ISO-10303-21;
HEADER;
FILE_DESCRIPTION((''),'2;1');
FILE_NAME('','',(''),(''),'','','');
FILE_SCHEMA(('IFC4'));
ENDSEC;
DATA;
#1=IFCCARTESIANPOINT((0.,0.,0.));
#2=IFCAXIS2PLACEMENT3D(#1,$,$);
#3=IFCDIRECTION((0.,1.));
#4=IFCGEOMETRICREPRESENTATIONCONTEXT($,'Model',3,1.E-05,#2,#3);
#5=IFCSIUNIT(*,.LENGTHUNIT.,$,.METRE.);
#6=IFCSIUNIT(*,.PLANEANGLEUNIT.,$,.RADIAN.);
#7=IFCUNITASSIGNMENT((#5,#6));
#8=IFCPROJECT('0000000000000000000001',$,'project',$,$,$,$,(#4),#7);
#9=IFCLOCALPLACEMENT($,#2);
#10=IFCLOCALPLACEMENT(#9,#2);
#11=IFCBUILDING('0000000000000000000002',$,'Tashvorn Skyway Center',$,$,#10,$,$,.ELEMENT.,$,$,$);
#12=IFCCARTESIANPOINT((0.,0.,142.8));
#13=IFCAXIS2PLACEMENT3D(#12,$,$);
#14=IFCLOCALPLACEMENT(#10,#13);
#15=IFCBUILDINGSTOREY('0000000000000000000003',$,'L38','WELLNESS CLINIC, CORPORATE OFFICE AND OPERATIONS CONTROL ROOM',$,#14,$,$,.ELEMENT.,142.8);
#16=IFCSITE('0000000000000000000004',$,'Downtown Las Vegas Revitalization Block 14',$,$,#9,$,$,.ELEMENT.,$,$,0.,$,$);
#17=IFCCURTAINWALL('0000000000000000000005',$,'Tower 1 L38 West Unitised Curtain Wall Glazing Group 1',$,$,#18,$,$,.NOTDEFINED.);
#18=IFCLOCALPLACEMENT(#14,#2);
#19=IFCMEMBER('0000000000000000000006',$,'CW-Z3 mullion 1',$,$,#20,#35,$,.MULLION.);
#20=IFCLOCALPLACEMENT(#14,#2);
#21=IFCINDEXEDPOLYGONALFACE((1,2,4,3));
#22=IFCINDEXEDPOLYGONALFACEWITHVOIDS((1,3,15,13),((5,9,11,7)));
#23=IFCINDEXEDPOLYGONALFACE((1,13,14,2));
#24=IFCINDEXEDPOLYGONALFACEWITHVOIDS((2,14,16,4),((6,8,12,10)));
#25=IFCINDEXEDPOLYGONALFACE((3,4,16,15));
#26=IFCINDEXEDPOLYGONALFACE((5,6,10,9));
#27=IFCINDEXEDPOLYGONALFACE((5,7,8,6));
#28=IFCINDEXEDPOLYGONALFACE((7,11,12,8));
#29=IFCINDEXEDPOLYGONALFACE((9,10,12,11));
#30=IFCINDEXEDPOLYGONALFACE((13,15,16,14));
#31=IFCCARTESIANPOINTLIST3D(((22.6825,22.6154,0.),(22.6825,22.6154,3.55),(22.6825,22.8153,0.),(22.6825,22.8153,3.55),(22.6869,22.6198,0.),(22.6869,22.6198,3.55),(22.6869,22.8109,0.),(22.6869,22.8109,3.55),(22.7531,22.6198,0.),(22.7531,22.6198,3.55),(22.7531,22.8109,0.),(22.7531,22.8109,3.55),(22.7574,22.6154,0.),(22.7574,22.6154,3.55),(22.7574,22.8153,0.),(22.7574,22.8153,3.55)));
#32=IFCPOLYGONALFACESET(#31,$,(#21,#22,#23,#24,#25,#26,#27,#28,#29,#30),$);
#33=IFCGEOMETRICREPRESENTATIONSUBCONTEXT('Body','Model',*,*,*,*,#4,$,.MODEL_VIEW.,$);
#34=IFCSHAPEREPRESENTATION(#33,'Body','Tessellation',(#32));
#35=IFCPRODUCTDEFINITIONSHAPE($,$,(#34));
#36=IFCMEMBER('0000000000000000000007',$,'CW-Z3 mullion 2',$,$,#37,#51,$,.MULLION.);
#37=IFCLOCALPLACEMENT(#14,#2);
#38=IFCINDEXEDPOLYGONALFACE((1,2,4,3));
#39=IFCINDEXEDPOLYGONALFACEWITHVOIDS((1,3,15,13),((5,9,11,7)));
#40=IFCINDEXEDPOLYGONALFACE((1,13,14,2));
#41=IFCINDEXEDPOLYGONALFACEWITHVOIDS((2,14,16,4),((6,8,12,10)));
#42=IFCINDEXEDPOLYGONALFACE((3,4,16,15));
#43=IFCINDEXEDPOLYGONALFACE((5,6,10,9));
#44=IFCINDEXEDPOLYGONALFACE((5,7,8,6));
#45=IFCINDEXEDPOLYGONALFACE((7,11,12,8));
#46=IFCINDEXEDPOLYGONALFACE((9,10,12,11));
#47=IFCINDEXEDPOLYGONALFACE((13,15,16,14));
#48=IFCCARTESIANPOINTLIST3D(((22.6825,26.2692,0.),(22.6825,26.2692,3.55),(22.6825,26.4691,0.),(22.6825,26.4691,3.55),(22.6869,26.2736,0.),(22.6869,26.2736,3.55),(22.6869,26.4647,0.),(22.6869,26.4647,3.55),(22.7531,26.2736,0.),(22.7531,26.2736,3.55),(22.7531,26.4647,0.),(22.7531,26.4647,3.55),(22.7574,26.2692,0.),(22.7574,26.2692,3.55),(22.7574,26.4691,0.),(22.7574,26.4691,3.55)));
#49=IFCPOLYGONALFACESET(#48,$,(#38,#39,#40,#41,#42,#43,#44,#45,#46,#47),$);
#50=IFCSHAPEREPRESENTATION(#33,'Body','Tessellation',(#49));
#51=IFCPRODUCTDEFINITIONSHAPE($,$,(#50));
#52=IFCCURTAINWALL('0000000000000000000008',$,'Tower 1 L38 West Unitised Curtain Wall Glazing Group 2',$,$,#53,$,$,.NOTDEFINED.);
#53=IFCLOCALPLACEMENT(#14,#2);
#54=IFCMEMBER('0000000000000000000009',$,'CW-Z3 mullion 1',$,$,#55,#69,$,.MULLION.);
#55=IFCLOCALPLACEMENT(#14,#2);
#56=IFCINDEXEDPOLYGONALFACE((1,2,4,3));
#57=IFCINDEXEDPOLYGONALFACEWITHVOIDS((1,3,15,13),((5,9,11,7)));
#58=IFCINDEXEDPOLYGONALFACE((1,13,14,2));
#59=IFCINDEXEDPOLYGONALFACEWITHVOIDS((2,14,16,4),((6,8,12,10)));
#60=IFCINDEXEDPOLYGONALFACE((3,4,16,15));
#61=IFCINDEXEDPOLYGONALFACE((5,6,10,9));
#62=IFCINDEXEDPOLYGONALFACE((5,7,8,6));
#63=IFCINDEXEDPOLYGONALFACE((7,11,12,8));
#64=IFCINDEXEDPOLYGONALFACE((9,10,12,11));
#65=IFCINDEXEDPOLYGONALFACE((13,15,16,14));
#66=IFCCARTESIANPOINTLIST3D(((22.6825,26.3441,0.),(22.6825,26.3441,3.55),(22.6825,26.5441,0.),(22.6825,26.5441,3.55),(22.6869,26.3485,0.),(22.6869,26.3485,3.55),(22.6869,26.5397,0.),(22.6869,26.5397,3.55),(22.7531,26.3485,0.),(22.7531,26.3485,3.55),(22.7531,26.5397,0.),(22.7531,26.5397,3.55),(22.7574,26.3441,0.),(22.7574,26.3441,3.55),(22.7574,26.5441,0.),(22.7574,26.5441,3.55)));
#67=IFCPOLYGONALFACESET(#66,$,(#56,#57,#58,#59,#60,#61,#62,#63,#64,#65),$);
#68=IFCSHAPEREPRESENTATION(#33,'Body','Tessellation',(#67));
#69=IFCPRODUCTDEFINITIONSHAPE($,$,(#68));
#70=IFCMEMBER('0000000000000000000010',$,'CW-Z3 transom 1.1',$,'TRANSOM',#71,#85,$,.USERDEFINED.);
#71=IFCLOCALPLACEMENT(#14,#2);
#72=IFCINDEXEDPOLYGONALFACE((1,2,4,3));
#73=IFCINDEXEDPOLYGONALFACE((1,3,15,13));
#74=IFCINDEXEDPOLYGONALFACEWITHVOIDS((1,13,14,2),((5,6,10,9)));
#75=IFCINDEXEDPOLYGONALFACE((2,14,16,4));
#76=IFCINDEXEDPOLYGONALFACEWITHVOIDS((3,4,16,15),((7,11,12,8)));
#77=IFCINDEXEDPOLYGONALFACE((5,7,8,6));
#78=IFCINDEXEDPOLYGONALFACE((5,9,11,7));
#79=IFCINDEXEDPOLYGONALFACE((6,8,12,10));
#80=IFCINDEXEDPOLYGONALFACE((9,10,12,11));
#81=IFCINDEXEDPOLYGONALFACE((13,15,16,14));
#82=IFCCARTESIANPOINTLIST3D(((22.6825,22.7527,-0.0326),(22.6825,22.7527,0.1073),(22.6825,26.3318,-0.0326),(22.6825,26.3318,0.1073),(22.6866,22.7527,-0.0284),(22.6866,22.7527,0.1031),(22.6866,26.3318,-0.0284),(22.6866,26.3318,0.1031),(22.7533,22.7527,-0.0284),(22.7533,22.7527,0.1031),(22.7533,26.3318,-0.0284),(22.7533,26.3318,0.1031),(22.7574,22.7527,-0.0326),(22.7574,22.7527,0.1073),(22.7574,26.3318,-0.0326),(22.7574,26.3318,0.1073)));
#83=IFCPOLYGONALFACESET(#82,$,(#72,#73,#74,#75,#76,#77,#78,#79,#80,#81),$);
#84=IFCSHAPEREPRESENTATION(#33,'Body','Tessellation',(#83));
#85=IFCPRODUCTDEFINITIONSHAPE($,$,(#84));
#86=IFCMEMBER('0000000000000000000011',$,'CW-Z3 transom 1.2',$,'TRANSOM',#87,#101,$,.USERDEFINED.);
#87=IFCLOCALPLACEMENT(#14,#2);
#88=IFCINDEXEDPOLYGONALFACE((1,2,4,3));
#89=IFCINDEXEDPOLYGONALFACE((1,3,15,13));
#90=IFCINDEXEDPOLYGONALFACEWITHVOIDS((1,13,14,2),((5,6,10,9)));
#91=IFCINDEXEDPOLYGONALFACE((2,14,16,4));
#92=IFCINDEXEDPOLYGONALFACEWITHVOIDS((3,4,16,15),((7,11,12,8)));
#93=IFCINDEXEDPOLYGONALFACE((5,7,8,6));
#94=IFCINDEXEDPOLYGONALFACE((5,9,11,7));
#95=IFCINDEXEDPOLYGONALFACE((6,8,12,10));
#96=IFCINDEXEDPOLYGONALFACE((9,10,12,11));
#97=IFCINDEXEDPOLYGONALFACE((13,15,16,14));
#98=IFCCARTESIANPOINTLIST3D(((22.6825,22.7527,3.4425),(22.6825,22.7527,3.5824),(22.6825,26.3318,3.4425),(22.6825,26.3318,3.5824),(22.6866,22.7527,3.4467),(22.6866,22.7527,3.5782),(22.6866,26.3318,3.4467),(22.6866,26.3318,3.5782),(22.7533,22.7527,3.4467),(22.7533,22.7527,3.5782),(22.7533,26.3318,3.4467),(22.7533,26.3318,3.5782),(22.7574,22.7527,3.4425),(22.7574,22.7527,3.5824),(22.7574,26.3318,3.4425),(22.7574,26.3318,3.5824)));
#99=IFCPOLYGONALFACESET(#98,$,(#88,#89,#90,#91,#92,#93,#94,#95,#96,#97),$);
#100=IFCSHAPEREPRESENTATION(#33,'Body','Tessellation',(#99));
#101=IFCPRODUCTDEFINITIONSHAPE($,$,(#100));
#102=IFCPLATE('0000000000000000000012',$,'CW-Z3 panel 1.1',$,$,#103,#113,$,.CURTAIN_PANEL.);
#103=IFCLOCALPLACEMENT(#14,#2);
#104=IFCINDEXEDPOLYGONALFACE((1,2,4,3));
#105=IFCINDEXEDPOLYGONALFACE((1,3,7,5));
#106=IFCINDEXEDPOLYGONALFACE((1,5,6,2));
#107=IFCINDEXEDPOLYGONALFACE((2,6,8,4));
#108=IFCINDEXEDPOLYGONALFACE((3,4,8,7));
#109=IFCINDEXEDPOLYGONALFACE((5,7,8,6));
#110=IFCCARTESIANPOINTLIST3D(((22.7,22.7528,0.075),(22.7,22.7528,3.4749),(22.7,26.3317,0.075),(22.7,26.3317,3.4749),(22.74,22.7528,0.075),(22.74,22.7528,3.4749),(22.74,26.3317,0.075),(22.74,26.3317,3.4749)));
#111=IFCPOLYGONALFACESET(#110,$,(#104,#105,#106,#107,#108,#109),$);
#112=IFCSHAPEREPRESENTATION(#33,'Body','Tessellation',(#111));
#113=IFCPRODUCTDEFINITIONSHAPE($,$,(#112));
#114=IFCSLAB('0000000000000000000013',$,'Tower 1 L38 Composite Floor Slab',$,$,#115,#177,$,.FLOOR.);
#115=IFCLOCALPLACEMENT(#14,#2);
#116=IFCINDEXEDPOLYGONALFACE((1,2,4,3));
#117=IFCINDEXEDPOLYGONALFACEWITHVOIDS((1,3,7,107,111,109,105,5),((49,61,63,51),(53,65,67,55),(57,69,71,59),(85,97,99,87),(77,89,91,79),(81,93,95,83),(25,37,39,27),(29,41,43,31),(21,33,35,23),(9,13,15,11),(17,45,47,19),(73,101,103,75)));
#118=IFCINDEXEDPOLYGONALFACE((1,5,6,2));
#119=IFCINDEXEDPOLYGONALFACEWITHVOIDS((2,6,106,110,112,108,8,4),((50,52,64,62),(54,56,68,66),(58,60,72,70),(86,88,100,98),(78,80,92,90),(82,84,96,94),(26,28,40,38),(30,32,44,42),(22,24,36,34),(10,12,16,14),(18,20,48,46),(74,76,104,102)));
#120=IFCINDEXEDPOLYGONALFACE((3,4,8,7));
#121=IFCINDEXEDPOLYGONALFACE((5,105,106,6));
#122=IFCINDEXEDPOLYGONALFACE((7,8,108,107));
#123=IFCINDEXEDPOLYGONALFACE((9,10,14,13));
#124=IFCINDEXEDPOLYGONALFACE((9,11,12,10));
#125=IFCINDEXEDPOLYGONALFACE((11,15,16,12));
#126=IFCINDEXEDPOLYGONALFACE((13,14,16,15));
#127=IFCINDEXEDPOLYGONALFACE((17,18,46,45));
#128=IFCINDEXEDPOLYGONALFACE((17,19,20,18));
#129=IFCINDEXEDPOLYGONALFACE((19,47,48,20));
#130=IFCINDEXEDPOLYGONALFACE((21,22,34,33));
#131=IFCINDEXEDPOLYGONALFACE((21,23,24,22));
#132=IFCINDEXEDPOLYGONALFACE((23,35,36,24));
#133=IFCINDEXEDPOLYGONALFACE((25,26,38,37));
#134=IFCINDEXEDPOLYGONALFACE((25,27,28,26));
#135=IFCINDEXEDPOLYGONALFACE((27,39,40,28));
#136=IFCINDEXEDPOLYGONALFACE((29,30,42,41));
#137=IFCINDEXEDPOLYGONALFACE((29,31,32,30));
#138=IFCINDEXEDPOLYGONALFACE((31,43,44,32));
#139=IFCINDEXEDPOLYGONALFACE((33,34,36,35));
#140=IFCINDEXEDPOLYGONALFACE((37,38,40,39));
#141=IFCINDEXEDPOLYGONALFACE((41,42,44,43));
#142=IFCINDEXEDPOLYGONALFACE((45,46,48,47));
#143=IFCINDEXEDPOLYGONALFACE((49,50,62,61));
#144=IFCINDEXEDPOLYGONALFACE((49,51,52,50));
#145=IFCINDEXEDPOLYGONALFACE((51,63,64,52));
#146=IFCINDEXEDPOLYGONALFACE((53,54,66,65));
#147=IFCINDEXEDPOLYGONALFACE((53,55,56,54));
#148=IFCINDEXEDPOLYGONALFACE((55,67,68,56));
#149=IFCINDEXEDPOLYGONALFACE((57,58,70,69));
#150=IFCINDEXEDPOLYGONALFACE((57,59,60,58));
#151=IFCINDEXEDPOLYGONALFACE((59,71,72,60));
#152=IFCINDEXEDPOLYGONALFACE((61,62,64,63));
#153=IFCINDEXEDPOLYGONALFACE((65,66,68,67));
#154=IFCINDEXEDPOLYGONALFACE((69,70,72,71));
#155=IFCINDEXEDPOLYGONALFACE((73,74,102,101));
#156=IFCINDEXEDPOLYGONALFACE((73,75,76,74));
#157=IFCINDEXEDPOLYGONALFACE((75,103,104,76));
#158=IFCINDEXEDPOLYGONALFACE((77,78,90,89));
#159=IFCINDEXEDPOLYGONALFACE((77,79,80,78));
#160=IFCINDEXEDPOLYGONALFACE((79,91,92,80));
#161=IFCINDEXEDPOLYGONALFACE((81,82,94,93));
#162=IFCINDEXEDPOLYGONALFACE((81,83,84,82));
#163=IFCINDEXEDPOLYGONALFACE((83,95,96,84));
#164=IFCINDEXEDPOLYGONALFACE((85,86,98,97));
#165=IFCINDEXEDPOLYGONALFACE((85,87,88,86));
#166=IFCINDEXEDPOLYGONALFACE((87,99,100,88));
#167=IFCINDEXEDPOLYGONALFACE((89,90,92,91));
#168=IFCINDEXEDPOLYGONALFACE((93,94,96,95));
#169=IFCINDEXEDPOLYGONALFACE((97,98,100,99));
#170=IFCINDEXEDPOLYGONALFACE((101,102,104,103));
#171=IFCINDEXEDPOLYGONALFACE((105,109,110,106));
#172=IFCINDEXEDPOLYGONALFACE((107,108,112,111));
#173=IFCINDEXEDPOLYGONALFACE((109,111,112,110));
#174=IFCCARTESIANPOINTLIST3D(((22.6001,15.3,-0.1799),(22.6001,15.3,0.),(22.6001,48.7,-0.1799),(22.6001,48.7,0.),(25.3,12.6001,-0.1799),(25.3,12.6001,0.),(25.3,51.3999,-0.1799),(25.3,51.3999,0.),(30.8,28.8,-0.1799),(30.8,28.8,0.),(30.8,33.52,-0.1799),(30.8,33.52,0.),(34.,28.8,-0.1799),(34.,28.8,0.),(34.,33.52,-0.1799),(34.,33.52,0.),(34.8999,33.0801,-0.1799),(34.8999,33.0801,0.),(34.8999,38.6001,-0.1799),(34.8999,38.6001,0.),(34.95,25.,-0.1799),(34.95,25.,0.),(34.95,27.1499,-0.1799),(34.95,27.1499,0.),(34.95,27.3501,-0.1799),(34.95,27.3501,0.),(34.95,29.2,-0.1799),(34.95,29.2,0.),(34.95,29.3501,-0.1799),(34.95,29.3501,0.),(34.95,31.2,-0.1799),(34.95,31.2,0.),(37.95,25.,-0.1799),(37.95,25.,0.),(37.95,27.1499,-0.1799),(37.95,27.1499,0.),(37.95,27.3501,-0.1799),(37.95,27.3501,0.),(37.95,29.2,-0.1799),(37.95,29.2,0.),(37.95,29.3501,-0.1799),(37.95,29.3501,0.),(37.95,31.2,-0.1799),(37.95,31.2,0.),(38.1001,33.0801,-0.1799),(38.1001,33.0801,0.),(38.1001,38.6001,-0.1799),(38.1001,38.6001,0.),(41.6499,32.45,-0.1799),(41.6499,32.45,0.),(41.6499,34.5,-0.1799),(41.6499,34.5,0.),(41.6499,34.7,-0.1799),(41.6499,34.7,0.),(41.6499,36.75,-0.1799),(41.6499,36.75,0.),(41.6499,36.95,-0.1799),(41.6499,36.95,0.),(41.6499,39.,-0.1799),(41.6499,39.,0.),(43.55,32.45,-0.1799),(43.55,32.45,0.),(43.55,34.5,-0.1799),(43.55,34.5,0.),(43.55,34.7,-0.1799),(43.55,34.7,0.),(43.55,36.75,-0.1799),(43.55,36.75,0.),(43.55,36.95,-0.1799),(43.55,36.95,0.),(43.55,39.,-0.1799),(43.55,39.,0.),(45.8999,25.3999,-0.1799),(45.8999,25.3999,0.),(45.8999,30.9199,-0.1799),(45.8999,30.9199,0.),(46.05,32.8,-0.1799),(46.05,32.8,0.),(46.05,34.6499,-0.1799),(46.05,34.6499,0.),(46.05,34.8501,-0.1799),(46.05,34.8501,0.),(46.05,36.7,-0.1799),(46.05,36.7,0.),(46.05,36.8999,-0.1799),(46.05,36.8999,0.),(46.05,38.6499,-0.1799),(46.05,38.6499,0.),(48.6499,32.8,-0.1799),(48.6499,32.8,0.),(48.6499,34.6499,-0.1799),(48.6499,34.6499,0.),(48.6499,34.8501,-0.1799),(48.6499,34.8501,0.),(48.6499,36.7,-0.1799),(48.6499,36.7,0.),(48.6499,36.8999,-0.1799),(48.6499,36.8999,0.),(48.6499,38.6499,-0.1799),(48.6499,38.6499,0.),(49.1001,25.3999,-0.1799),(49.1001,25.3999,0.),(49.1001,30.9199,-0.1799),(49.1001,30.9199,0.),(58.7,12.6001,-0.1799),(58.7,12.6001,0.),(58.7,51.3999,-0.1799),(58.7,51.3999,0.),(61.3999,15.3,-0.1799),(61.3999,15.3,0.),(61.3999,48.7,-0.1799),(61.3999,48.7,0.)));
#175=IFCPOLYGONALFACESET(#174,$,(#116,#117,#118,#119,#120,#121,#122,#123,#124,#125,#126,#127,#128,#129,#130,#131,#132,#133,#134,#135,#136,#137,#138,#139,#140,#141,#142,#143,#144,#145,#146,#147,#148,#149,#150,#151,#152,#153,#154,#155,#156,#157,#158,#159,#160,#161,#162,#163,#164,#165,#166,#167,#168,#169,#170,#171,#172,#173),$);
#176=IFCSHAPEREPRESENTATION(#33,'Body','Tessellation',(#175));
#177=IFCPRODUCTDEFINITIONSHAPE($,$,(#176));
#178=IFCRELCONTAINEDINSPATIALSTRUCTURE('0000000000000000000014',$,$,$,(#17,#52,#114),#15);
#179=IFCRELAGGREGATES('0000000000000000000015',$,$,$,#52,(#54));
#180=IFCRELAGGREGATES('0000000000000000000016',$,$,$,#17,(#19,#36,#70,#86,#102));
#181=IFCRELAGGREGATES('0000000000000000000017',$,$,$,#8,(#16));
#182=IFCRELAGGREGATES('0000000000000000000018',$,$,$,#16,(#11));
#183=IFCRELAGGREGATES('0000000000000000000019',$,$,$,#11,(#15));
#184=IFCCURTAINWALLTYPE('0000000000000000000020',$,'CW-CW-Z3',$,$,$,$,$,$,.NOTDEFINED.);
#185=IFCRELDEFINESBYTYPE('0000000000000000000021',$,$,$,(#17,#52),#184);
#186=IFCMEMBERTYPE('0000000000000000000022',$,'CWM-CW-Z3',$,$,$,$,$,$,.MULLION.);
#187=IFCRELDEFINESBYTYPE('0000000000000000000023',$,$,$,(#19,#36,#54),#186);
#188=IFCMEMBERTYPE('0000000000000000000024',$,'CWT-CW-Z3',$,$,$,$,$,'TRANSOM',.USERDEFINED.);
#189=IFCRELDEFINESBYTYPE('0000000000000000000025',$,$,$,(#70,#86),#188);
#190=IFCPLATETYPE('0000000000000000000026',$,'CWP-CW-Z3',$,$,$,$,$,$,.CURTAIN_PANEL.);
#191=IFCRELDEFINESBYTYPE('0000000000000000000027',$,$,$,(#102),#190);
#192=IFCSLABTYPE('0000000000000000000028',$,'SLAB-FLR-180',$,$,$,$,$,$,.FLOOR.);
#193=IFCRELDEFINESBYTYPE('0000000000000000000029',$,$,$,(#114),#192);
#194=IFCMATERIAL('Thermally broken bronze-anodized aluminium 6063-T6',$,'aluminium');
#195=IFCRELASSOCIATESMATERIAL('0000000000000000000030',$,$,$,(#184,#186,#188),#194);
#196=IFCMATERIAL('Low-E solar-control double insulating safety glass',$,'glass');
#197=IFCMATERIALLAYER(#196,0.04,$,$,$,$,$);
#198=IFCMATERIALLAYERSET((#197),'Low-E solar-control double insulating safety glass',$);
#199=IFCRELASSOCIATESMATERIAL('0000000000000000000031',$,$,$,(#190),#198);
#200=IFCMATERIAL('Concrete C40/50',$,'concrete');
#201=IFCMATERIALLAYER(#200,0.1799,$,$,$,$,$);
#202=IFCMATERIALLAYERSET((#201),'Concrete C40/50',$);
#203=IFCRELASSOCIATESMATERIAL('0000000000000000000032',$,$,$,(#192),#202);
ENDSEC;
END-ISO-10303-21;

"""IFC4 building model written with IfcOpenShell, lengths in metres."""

from ifc_helpers import new_model, si_unit, direction, frame, origin, origin_2d, place, context, subcontext, project, spatial, polyline, rectangle, hollow_rectangle, outline, extrude, material, layer, layer_set, material_profile, profile_set, type_object, element, aggregate, save


model = new_model("IFC4")

# Units and contexts
model_context = context("Model", 3, precision=1e-05, world=origin(), true_north=direction((0.0, 1.0)))
body_context = subcontext(model_context, "Body", "Model", "MODEL_VIEW")
ifc_project = project(units=[si_unit("LENGTHUNIT", "METRE"), si_unit("PLANEANGLEUNIT", "RADIAN")], contexts=[model_context])

# Site, building, storey
site_placement = place(None, origin())
site = spatial("IfcSite", under=ifc_project, at=site_placement, Name="Downtown Las Vegas Revitalization Block 14", CompositionType="ELEMENT", RefElevation=0.0)
building_placement = place(site_placement, origin())
building = spatial("IfcBuilding", under=site, at=building_placement, Name="Tashvorn Skyway Center", CompositionType="ELEMENT")
storey_placement = place(building_placement, frame((0.0, 0.0, 142.8)))
storey = spatial("IfcBuildingStorey", under=building, at=storey_placement, Name="L38", Description="WELLNESS CLINIC, CORPORATE OFFICE AND OPERATIONS CONTROL ROOM", CompositionType="ELEMENT", Elevation=142.8)

# Curtain wall, members
ifc_material_1 = material(Name="Thermally broken bronze-anodized aluminium 6063-T6", Category="aluminium")
curtain_wall_type = type_object("IfcCurtainWallType", Name="CW-CW-Z3", PredefinedType="NOTDEFINED", material=ifc_material_1)
curtain_wall_1_placement = place(storey_placement, origin())
curtain_wall_1 = element("IfcCurtainWall", 1, at=curtain_wall_1_placement, inside=storey, type_object=curtain_wall_type, Name="Tower 1 L38 West Unitised Curtain Wall Glazing Group 1", PredefinedType="NOTDEFINED")
ifc_material_profile_1 = material_profile(ifc_material_1, hollow_rectangle(XDim=0.075, YDim=0.2, WallThickness=0.0044, at=origin_2d()), Name="ALU-MULL-75x200")
ifc_profile_set_1 = profile_set([ifc_material_profile_1], Name="Thermally broken bronze-anodized aluminium 6063-T6")
member_type_1 = type_object("IfcMemberType", Name="CWM-CW-Z3", PredefinedType="MULLION", material=ifc_profile_set_1)
member_1_placement = place(storey_placement, frame((22.72, 22.7153, 0.0), z_axis=(0.0, 0.0, 1.0), x_axis=(-1.0, 0.0, 0.0)))
member_1 = element("IfcMember", 2, at=member_1_placement, type_object=member_type_1, Name="CW-Z3 mullion 1", PredefinedType="MULLION", context=body_context, shape_type="SweptSolid", body=[
    extrude(hollow_rectangle(XDim=0.075, YDim=0.2, WallThickness=0.0044, at=origin_2d()), origin(), (0.0, 0.0, 1.0), 3.55),
])
member_2_placement = place(storey_placement, frame((22.72, 26.3691, 0.0), z_axis=(0.0, 0.0, 1.0), x_axis=(-1.0, 0.0, 0.0)))
member_2 = element("IfcMember", 3, at=member_2_placement, type_object=member_type_1, Name="CW-Z3 mullion 2", PredefinedType="MULLION", context=body_context, shape_type="SweptSolid", body=[
    extrude(hollow_rectangle(XDim=0.075, YDim=0.2, WallThickness=0.0044, at=origin_2d()), origin(), (0.0, 0.0, 1.0), 3.55),
])

# Curtain wall, member
curtain_wall_2_placement = place(storey_placement, origin())
curtain_wall_2 = element("IfcCurtainWall", 4, at=curtain_wall_2_placement, inside=storey, type_object=curtain_wall_type, Name="Tower 1 L38 West Unitised Curtain Wall Glazing Group 2", PredefinedType="NOTDEFINED")
member_3_placement = place(storey_placement, frame((22.72, 26.4441, 0.0), z_axis=(0.0, 0.0, 1.0), x_axis=(-1.0, 0.0, 0.0)))
member_3 = element("IfcMember", 5, at=member_3_placement, type_object=member_type_1, Name="CW-Z3 mullion 1", PredefinedType="MULLION", context=body_context, shape_type="SweptSolid", body=[
    extrude(hollow_rectangle(XDim=0.075, YDim=0.2, WallThickness=0.0044, at=origin_2d()), origin(), (0.0, 0.0, 1.0), 3.55),
])
aggregate(curtain_wall_2, [member_3])

# Members
ifc_material_profile_2 = material_profile(ifc_material_1, hollow_rectangle(XDim=0.075, YDim=0.1399, WallThickness=0.0042, at=origin_2d()), Name="ALU-TRAN-75x140")
ifc_profile_set_2 = profile_set([ifc_material_profile_2], Name="Thermally broken bronze-anodized aluminium 6063-T6")
member_type_2 = type_object("IfcMemberType", Name="CWT-CW-Z3", ElementType="TRANSOM", PredefinedType="USERDEFINED", material=ifc_profile_set_2)
member_4_placement = place(storey_placement, frame((22.72, 22.7527, 0.0374), z_axis=(0.0, 1.0, 0.0), x_axis=(-1.0, 0.0, 0.0)))
member_4 = element("IfcMember", 6, at=member_4_placement, type_object=member_type_2, Name="CW-Z3 transom 1.1", ObjectType="TRANSOM", PredefinedType="USERDEFINED", context=body_context, shape_type="SweptSolid", body=[
    extrude(hollow_rectangle(XDim=0.075, YDim=0.1399, WallThickness=0.0042, at=origin_2d()), origin(), (0.0, 0.0, 1.0), 3.5791),
])
member_5_placement = place(storey_placement, frame((22.72, 22.7527, 3.5125), z_axis=(0.0, 1.0, 0.0), x_axis=(-1.0, 0.0, 0.0)))
member_5 = element("IfcMember", 7, at=member_5_placement, type_object=member_type_2, Name="CW-Z3 transom 1.2", ObjectType="TRANSOM", PredefinedType="USERDEFINED", context=body_context, shape_type="SweptSolid", body=[
    extrude(hollow_rectangle(XDim=0.075, YDim=0.1399, WallThickness=0.0042, at=origin_2d()), origin(), (0.0, 0.0, 1.0), 3.5791),
])

# Plate
ifc_material_2 = material(Name="Low-E solar-control double insulating safety glass", Category="glass")
ifc_layer_1 = layer(ifc_material_2, 0.04)
ifc_layer_set_1 = layer_set([ifc_layer_1], Name="Low-E solar-control double insulating safety glass")
plate_type = type_object("IfcPlateType", Name="CWP-CW-Z3", PredefinedType="CURTAIN_PANEL", material=ifc_layer_set_1)
plate_placement = place(storey_placement, frame((22.72, 24.5422, 0.075), z_axis=(0.0, 0.0, 1.0), x_axis=(0.0, 1.0, 0.0)))
plate = element("IfcPlate", 8, at=plate_placement, type_object=plate_type, Name="CW-Z3 panel 1.1", PredefinedType="CURTAIN_PANEL", context=body_context, shape_type="SweptSolid", body=[
    extrude(rectangle(XDim=3.5789, YDim=0.04, at=origin_2d()), origin(), (0.0, 0.0, 1.0), 3.3999),
])
aggregate(curtain_wall_1, [member_1, member_2, member_4, member_5, plate])

# Slab
ifc_material_3 = material(Name="Concrete C40/50", Category="concrete")
ifc_layer_2 = layer(ifc_material_3, 0.1799)
ifc_layer_set_2 = layer_set([ifc_layer_2], Name="Concrete C40/50")
slab_type_1 = type_object("IfcSlabType", Name="SLAB-FLR-180", PredefinedType="FLOOR", material=ifc_layer_set_2)
slab_1_placement = place(storey_placement, frame((0.0, 0.0, -0.1799)))
element("IfcSlab", 9, at=slab_1_placement, inside=storey, type_object=slab_type_1, Name="Tower 1 L38 Composite Floor Slab", PredefinedType="FLOOR", context=body_context, shape_type="SweptSolid", body=[
    extrude(outline(polyline([(25.3, 12.6001), (58.7, 12.6001), (61.3999, 15.3), (61.3999, 48.7), (58.7, 51.3999), (25.3, 51.3999), (22.6001, 48.7), (22.6001, 15.3), (25.3, 12.6001)]), holes=[polyline([(38.1001, 33.0801), (38.1001, 38.6001), (34.8999, 38.6001), (34.8999, 33.0801), (38.1001, 33.0801)]), polyline([(45.8999, 30.9199), (45.8999, 25.3999), (49.1001, 25.3999), (49.1001, 30.9199), (45.8999, 30.9199)]), polyline([(30.8, 33.52), (30.8, 28.8), (34.0, 28.8), (34.0, 33.52), (30.8, 33.52)]), polyline([(34.95, 29.3501), (37.95, 29.3501), (37.95, 31.2), (34.95, 31.2), (34.95, 29.3501)]), polyline([(34.95, 27.3501), (37.95, 27.3501), (37.95, 29.2), (34.95, 29.2), (34.95, 27.3501)]), polyline([(34.95, 25.0), (37.95, 25.0), (37.95, 27.1499), (34.95, 27.1499), (34.95, 25.0)]), polyline([(41.6499, 32.45), (43.55, 32.45), (43.55, 34.5), (41.6499, 34.5), (41.6499, 32.45)]), polyline([(41.6499, 34.7), (43.55, 34.7), (43.55, 36.75), (41.6499, 36.75), (41.6499, 34.7)]), polyline([(41.6499, 36.95), (43.55, 36.95), (43.55, 39.0), (41.6499, 39.0), (41.6499, 36.95)]), polyline([(46.05, 32.8), (48.6499, 32.8), (48.6499, 34.6499), (46.05, 34.6499), (46.05, 32.8)]), polyline([(46.05, 34.8501), (48.6499, 34.8501), (48.6499, 36.7), (46.05, 36.7), (46.05, 34.8501)]), polyline([(46.05, 36.8999), (48.6499, 36.8999), (48.6499, 38.6499), (46.05, 38.6499), (46.05, 36.8999)])]), origin(), (0.0, 0.0, 1.0), 0.1799),
])

save(model, "model.ifc")
